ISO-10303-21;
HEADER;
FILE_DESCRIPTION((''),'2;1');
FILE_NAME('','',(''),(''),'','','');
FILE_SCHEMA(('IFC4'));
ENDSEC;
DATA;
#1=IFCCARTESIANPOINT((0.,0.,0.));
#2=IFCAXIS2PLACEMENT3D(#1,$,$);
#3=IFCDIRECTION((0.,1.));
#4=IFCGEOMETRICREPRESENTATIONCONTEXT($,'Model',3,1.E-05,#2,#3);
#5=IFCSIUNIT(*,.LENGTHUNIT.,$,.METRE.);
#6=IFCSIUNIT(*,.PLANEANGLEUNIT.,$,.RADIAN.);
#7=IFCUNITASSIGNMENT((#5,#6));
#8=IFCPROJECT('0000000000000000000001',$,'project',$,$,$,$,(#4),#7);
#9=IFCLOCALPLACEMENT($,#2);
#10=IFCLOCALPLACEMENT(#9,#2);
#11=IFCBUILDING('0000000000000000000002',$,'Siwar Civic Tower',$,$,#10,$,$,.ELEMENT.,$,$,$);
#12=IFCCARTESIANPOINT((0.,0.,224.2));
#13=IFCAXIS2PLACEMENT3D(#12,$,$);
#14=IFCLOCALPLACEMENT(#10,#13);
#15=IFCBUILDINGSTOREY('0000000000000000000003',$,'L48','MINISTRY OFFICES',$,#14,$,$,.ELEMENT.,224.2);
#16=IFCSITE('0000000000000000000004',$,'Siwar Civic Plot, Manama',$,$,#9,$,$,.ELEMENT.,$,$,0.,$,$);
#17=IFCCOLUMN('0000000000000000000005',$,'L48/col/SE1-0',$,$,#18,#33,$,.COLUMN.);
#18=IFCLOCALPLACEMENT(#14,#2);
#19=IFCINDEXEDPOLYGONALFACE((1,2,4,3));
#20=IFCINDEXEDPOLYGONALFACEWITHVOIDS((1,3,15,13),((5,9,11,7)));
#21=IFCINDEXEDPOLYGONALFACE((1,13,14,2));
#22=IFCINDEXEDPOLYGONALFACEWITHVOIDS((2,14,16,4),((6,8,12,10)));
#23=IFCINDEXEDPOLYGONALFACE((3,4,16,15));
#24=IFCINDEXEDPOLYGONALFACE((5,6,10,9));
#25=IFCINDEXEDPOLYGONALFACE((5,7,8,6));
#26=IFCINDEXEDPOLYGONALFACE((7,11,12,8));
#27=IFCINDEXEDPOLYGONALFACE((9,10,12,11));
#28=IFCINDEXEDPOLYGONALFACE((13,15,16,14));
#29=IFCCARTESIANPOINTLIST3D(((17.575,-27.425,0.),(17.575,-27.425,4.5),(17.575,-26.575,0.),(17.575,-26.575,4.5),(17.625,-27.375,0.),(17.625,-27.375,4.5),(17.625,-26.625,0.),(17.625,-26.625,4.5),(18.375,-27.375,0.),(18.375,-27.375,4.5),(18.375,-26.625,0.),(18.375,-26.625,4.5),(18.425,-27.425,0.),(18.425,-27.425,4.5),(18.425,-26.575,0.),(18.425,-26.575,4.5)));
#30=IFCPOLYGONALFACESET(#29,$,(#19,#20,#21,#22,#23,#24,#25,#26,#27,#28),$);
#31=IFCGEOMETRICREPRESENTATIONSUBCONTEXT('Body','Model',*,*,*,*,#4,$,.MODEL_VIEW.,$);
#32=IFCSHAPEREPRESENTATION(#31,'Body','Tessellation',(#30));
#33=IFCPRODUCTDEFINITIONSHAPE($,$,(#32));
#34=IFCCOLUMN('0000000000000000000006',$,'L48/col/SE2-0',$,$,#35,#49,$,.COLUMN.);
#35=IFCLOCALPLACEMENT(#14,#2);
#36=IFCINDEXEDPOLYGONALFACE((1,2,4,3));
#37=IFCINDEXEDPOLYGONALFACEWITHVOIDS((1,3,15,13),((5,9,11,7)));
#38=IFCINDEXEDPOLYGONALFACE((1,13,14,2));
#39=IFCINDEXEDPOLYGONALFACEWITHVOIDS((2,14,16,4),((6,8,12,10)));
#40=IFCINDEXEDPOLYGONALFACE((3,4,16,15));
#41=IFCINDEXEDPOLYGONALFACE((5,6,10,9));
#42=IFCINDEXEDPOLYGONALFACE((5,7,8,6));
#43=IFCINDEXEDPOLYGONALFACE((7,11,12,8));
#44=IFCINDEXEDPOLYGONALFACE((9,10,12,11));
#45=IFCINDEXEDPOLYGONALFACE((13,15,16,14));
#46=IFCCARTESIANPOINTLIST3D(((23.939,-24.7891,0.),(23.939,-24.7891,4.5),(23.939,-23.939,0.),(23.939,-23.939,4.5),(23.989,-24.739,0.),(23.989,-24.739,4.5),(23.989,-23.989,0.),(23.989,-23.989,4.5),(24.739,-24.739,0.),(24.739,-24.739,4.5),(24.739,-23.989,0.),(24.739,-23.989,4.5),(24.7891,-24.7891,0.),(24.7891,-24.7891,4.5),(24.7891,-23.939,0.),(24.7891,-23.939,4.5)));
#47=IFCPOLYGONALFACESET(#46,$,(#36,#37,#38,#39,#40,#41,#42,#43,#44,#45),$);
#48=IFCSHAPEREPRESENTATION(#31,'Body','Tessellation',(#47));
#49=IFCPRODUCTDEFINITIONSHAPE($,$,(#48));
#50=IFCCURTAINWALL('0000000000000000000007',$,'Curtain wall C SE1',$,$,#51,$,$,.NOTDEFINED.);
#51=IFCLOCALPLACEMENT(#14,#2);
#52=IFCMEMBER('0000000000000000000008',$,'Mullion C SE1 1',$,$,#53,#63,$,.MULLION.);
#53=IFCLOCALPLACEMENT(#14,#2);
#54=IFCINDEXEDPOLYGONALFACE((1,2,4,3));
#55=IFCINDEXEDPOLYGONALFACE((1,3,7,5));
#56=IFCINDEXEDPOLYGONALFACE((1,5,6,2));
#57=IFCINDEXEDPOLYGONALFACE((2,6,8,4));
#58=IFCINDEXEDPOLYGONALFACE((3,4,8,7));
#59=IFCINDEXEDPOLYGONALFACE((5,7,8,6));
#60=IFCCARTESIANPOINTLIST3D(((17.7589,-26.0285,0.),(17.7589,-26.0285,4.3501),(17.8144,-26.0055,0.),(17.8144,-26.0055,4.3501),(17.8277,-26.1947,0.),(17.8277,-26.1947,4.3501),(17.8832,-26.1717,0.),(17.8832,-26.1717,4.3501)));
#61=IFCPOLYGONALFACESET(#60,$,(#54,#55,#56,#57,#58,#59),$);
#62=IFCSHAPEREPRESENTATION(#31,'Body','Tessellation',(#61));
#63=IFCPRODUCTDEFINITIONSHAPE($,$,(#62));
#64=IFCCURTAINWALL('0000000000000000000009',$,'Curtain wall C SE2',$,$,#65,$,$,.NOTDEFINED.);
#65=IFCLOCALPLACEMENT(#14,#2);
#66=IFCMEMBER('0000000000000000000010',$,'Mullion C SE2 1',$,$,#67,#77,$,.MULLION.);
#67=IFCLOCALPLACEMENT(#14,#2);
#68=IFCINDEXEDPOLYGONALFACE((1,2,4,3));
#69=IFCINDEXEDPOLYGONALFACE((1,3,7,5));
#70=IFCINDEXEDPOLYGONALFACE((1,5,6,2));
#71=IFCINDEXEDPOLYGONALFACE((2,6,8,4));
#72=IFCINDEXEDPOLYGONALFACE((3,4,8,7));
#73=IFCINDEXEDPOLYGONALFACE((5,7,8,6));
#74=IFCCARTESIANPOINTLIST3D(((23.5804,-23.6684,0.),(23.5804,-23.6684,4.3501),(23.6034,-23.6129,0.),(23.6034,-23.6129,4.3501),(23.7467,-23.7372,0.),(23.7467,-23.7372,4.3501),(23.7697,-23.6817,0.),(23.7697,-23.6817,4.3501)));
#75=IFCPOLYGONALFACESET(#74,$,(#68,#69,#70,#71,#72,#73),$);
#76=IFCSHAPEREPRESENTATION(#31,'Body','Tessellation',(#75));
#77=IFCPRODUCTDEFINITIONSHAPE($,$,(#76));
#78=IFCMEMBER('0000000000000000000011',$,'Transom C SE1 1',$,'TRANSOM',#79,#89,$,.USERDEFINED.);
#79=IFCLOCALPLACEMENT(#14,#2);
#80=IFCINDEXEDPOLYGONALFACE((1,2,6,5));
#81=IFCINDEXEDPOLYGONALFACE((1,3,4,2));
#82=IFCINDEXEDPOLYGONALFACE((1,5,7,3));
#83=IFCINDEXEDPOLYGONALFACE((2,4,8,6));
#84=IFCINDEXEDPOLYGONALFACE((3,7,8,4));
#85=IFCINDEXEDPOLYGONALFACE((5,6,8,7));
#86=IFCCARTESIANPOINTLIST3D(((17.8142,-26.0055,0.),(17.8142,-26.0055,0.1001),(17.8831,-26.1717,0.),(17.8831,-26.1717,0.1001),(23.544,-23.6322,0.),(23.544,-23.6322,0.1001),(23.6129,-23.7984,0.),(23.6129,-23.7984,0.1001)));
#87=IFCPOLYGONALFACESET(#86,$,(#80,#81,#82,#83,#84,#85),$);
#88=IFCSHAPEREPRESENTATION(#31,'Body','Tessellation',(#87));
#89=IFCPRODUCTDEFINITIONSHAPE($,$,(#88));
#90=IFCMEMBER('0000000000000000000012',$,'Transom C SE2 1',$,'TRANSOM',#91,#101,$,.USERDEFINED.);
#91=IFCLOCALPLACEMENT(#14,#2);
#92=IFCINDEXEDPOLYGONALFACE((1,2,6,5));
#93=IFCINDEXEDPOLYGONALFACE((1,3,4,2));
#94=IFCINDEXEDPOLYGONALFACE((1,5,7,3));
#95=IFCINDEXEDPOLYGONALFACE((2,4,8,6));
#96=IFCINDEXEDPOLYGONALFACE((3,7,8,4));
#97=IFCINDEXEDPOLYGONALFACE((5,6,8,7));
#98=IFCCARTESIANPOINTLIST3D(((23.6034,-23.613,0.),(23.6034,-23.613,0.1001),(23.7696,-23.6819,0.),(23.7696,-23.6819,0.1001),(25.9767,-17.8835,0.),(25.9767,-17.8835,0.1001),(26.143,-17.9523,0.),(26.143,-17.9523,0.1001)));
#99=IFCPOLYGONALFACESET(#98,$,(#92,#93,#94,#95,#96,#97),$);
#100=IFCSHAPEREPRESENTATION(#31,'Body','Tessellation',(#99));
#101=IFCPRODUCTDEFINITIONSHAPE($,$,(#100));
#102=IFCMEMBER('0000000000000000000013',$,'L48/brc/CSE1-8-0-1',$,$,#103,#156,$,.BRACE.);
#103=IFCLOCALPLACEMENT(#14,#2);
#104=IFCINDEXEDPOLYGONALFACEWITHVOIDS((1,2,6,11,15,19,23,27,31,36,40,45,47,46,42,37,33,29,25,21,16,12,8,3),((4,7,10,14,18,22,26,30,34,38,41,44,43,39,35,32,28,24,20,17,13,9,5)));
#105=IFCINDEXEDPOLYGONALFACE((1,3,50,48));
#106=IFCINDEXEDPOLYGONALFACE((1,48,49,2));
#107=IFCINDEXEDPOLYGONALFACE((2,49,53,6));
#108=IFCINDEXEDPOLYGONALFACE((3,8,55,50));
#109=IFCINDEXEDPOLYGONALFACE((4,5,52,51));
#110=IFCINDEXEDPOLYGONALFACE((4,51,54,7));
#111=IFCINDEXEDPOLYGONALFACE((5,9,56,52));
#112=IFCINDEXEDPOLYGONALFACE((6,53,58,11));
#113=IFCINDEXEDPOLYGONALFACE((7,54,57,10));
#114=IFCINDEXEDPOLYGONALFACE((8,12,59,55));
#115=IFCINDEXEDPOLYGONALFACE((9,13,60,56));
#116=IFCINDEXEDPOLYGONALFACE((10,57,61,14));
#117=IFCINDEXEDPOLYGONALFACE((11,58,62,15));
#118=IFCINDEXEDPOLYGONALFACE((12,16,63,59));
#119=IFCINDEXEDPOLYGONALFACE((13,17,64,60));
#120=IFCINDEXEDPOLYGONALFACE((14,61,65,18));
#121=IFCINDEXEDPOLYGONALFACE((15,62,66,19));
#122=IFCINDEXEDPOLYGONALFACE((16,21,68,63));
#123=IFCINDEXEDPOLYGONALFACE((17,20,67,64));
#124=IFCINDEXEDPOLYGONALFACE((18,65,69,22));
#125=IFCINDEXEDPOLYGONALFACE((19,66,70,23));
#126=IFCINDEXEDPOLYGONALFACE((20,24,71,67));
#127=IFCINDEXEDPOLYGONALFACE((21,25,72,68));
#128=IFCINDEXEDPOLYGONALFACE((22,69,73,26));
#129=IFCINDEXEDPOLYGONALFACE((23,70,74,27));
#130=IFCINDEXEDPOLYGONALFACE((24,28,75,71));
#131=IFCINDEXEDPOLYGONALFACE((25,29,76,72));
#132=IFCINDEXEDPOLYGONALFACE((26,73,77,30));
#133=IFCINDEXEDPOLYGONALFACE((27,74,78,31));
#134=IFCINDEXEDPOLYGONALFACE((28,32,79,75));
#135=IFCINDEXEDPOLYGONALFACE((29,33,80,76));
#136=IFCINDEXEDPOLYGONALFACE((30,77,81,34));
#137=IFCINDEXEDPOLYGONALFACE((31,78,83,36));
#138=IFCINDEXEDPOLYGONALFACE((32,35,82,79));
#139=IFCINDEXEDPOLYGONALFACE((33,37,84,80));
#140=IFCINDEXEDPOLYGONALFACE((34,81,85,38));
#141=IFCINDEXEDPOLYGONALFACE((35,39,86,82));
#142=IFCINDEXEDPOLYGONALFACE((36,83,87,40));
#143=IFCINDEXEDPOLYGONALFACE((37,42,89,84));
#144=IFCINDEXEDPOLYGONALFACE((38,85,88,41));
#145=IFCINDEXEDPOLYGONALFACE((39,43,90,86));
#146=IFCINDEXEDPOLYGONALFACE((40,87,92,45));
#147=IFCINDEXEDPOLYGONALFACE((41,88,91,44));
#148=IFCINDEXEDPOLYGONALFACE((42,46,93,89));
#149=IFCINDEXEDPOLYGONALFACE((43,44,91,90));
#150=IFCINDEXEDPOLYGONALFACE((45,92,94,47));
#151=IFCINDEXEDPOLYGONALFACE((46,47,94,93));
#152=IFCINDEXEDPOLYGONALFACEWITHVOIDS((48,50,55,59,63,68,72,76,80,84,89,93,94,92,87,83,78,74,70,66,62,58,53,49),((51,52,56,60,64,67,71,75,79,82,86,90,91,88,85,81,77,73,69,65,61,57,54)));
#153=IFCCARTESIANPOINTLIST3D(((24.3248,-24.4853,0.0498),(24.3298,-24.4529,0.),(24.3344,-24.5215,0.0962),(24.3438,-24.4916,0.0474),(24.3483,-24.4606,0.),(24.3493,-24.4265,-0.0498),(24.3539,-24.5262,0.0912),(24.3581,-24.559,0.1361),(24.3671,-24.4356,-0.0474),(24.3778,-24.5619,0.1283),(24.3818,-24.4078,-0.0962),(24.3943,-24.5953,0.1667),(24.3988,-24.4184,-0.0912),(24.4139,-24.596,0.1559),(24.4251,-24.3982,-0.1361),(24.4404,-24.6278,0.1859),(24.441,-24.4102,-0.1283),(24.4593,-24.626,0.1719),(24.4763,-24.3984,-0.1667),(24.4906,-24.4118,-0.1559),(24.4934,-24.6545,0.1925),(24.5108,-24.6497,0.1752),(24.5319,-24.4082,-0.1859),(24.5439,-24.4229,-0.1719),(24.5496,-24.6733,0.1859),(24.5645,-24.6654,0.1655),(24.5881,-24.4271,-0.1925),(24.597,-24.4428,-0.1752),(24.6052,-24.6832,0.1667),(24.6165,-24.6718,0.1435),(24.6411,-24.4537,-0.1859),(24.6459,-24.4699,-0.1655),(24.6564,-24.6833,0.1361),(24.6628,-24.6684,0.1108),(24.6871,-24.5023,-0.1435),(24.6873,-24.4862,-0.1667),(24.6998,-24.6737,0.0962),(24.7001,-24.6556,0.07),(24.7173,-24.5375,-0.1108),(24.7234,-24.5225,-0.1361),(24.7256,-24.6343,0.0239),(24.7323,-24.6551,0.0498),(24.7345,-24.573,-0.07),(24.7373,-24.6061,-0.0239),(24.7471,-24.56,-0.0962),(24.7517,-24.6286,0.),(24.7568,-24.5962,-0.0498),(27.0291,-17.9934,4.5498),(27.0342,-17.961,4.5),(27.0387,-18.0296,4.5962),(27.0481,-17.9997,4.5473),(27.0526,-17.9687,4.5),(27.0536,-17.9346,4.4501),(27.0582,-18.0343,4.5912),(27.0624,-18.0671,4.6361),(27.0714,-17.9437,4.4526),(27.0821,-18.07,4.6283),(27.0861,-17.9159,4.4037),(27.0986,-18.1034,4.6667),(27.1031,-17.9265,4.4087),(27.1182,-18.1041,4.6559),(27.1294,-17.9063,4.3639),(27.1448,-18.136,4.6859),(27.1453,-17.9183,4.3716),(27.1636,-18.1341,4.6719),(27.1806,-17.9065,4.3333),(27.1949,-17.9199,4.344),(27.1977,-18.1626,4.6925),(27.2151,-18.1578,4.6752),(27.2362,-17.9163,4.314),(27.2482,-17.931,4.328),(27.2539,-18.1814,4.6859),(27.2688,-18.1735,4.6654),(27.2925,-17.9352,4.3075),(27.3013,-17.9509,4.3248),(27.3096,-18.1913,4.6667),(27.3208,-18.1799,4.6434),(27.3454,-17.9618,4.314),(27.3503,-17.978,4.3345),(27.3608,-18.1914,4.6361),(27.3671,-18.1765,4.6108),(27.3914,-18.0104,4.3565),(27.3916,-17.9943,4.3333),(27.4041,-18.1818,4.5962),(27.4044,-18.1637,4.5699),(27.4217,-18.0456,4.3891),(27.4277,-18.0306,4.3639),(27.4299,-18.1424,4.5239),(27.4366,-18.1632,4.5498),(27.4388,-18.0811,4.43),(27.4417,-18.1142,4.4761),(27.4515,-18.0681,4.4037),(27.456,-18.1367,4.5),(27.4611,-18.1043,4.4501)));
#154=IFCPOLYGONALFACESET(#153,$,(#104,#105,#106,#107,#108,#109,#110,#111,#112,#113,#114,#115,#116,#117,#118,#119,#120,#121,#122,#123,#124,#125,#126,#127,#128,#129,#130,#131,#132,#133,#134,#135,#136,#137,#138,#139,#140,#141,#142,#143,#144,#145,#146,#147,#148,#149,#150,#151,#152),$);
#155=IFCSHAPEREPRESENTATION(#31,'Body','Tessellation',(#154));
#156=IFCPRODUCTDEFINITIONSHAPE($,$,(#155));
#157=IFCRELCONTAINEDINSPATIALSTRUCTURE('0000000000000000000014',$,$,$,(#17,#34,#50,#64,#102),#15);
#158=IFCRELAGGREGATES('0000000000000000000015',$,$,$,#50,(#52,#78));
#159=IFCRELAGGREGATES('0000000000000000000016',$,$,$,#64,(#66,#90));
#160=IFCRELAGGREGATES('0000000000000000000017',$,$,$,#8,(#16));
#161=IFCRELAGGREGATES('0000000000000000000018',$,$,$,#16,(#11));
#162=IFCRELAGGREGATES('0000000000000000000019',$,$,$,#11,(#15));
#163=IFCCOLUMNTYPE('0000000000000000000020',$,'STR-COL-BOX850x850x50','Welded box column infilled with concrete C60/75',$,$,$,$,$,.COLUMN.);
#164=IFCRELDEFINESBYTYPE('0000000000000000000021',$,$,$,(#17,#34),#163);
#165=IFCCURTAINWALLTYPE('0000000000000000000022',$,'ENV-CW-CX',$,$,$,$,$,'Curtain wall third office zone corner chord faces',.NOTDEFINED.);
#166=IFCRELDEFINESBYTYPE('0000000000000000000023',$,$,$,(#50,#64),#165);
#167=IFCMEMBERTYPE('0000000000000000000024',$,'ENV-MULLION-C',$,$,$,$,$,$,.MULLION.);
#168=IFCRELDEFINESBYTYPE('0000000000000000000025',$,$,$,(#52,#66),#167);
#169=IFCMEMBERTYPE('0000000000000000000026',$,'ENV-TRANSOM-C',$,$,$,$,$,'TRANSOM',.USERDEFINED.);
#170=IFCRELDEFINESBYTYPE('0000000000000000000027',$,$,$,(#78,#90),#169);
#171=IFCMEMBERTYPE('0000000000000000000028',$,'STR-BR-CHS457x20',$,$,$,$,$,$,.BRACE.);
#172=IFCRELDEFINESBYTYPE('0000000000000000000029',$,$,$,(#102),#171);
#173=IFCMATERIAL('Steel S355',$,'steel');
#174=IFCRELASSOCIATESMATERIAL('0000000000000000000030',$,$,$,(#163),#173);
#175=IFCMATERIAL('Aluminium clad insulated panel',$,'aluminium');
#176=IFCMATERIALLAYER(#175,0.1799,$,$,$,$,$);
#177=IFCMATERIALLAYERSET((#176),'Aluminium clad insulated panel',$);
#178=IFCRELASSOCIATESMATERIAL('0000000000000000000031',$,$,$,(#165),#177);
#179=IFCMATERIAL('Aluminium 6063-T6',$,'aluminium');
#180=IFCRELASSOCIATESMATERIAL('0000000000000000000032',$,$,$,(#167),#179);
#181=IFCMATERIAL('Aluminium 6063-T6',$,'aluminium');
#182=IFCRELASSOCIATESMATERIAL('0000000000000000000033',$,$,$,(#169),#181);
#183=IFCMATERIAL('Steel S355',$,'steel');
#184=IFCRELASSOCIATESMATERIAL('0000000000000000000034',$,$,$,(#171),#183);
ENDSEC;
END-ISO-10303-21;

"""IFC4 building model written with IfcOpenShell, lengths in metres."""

from ifc_helpers import new_model, si_unit, direction, frame, origin, origin_2d, place, context, subcontext, project, spatial, rectangle, hollow_rectangle, hollow_circle, extrude, material, layer, layer_set, material_profile, profile_set, type_object, element, aggregate, save


model = new_model("IFC4")

# Units and contexts
model_context = context("Model", 3, precision=1e-05, world=origin(), true_north=direction((0.0, 1.0)))
body_context = subcontext(model_context, "Body", "Model", "MODEL_VIEW")
ifc_project = project(units=[si_unit("LENGTHUNIT", "METRE"), si_unit("PLANEANGLEUNIT", "RADIAN")], contexts=[model_context])

# Site, building, storey
site_placement = place(None, origin())
site = spatial("IfcSite", under=ifc_project, at=site_placement, Name="Siwar Civic Plot, Manama", CompositionType="ELEMENT", RefElevation=0.0)
building_placement = place(site_placement, origin())
building = spatial("IfcBuilding", under=site, at=building_placement, Name="Siwar Civic Tower", CompositionType="ELEMENT")
storey_placement = place(building_placement, frame((0.0, 0.0, 224.2)))
storey = spatial("IfcBuildingStorey", under=building, at=storey_placement, Name="L48", Description="MINISTRY OFFICES", CompositionType="ELEMENT", Elevation=224.2)

# Columns
ifc_material_1 = material(Name="Steel S355", Category="steel")
ifc_material_profile_1 = material_profile(ifc_material_1, hollow_rectangle(XDim=0.8501, YDim=0.8501, WallThickness=0.05, at=origin_2d()), Name="BOX850x850x50")
ifc_profile_set_1 = profile_set([ifc_material_profile_1], Name="Steel S355")
column_type = type_object("IfcColumnType", Name="STR-COL-BOX850x850x50", Description="Welded box column infilled with concrete C60/75", PredefinedType="COLUMN", material=ifc_profile_set_1)
for number, where, z_axis, x_axis, name in (
    (1, (18.0, -27.0, 0.0), (0.0, 0.0, 1.0), (1.0, 0.0, 0.0), "L48/col/SE1-0"),
    (2, (24.364, -24.364, 0.0), (0.0, 0.0, 1.0), (1.0, 0.0, 0.0), "L48/col/SE2-0"),
):
    element("IfcColumn", number, at=place(storey_placement, frame(where, z_axis=z_axis, x_axis=x_axis)), inside=storey, type_object=column_type, Name=name, PredefinedType="COLUMN", context=body_context, shape_type="SweptSolid", body=[
        extrude(hollow_rectangle(XDim=0.8501, YDim=0.8501, WallThickness=0.05, at=origin_2d()), origin(), (0.0, 0.0, 1.0), 4.5),
    ])

# Curtain walls, members
ifc_material_2 = material(Name="Aluminium clad insulated panel", Category="aluminium")
ifc_layer_1 = layer(ifc_material_2, 0.1799)
ifc_layer_set_1 = layer_set([ifc_layer_1], Name="Aluminium clad insulated panel")
curtain_wall_type = type_object("IfcCurtainWallType", Name="ENV-CW-CX", ElementType="Curtain wall third office zone corner chord faces", PredefinedType="NOTDEFINED", material=ifc_layer_set_1)
curtain_wall_1_placement = place(storey_placement, origin())
curtain_wall_1 = element("IfcCurtainWall", 3, at=curtain_wall_1_placement, inside=storey, type_object=curtain_wall_type, Name="Curtain wall C SE1", PredefinedType="NOTDEFINED")
ifc_material_3 = material(Name="Aluminium 6063-T6", Category="aluminium")
ifc_material_profile_2 = material_profile(ifc_material_3, rectangle(XDim=0.1799, YDim=0.0601, at=origin_2d()), Name="AL 180x60")
ifc_profile_set_2 = profile_set([ifc_material_profile_2], Name="Aluminium 6063-T6")
member_type_1 = type_object("IfcMemberType", Name="ENV-MULLION-C", PredefinedType="MULLION", material=ifc_profile_set_2)
member_1_placement = place(storey_placement, frame((17.821, -26.1001, 0.0), z_axis=(0.0, 0.0, 1.0), x_axis=(-0.382683, 0.92388, 0.0)))
member_1 = element("IfcMember", 4, at=member_1_placement, type_object=member_type_1, Name="Mullion C SE1 1", PredefinedType="MULLION", context=body_context, shape_type="SweptSolid", body=[
    extrude(rectangle(XDim=0.1799, YDim=0.0601, at=origin_2d()), origin(), (0.0, 0.0, 1.0), 4.3501),
])
curtain_wall_2_placement = place(storey_placement, origin())
curtain_wall_2 = element("IfcCurtainWall", 5, at=curtain_wall_2_placement, inside=storey, type_object=curtain_wall_type, Name="Curtain wall C SE2", PredefinedType="NOTDEFINED")
member_2_placement = place(storey_placement, frame((23.675, -23.675, 0.0), z_axis=(0.0, 0.0, 1.0), x_axis=(-0.92388, 0.382683, 0.0)))
member_2 = element("IfcMember", 6, at=member_2_placement, type_object=member_type_1, Name="Mullion C SE2 1", PredefinedType="MULLION", context=body_context, shape_type="SweptSolid", body=[
    extrude(rectangle(XDim=0.1799, YDim=0.0601, at=origin_2d()), origin(), (0.0, 0.0, 1.0), 4.3501),
])

# Members
ifc_material_4 = material(Name="Aluminium 6063-T6", Category="aluminium")
ifc_material_profile_3 = material_profile(ifc_material_4, rectangle(XDim=0.1799, YDim=0.1001, at=origin_2d()), Name="AL 180x100")
ifc_profile_set_3 = profile_set([ifc_material_profile_3], Name="Aluminium 6063-T6")
member_type_2 = type_object("IfcMemberType", Name="ENV-TRANSOM-C", ElementType="TRANSOM", PredefinedType="USERDEFINED", material=ifc_profile_set_3)
member_3_placement = place(storey_placement, frame((17.8486, -26.0886, 0.05), z_axis=(0.923882, 0.382677, 0.0), x_axis=(-0.382677, 0.923882, 0.0)))
member_3 = element("IfcMember", 7, at=member_3_placement, type_object=member_type_2, Name="Transom C SE1 1", ObjectType="TRANSOM", PredefinedType="USERDEFINED", context=body_context, shape_type="SweptSolid", body=[
    extrude(rectangle(XDim=0.1799, YDim=0.1001, at=origin_2d()), origin(), (0.0, 0.0, 1.0), 6.2019),
])
member_4_placement = place(storey_placement, frame((23.6865, -23.6475, 0.05), z_axis=(0.382691, 0.923876, 0.0), x_axis=(-0.923876, 0.382691, 0.0)))
member_4 = element("IfcMember", 8, at=member_4_placement, type_object=member_type_2, Name="Transom C SE2 1", ObjectType="TRANSOM", PredefinedType="USERDEFINED", context=body_context, shape_type="SweptSolid", body=[
    extrude(rectangle(XDim=0.1799, YDim=0.1001, at=origin_2d()), origin(), (0.0, 0.0, 1.0), 6.2017),
])

# Member
ifc_material_5 = material(Name="Steel S355", Category="steel")
ifc_material_profile_4 = material_profile(ifc_material_5, hollow_circle(Radius=0.2285, WallThickness=0.02, at=origin_2d()), Name="CHS457x20")
ifc_profile_set_4 = profile_set([ifc_material_profile_4], Name="Steel S355")
member_type_3 = type_object("IfcMemberType", Name="STR-BR-CHS457x20", PredefinedType="BRACE", material=ifc_profile_set_4)
member_5_placement = place(storey_placement, frame((24.5408, -24.5408, 0.0), z_axis=(0.323906, 0.777555, 0.538975), x_axis=(-0.923109, 0.384539, 0.0)))
element("IfcMember", 9, at=member_5_placement, inside=storey, type_object=member_type_3, Name="L48/brc/CSE1-8-0-1", PredefinedType="BRACE", context=body_context, shape_type="SweptSolid", body=[
    extrude(hollow_circle(Radius=0.2285, WallThickness=0.02, at=origin_2d()), origin(), (0.0, 0.0, 1.0), 8.3491),
])

aggregate(curtain_wall_1, [member_1, member_3])
aggregate(curtain_wall_2, [member_2, member_4])

save(model, "model.ifc")
